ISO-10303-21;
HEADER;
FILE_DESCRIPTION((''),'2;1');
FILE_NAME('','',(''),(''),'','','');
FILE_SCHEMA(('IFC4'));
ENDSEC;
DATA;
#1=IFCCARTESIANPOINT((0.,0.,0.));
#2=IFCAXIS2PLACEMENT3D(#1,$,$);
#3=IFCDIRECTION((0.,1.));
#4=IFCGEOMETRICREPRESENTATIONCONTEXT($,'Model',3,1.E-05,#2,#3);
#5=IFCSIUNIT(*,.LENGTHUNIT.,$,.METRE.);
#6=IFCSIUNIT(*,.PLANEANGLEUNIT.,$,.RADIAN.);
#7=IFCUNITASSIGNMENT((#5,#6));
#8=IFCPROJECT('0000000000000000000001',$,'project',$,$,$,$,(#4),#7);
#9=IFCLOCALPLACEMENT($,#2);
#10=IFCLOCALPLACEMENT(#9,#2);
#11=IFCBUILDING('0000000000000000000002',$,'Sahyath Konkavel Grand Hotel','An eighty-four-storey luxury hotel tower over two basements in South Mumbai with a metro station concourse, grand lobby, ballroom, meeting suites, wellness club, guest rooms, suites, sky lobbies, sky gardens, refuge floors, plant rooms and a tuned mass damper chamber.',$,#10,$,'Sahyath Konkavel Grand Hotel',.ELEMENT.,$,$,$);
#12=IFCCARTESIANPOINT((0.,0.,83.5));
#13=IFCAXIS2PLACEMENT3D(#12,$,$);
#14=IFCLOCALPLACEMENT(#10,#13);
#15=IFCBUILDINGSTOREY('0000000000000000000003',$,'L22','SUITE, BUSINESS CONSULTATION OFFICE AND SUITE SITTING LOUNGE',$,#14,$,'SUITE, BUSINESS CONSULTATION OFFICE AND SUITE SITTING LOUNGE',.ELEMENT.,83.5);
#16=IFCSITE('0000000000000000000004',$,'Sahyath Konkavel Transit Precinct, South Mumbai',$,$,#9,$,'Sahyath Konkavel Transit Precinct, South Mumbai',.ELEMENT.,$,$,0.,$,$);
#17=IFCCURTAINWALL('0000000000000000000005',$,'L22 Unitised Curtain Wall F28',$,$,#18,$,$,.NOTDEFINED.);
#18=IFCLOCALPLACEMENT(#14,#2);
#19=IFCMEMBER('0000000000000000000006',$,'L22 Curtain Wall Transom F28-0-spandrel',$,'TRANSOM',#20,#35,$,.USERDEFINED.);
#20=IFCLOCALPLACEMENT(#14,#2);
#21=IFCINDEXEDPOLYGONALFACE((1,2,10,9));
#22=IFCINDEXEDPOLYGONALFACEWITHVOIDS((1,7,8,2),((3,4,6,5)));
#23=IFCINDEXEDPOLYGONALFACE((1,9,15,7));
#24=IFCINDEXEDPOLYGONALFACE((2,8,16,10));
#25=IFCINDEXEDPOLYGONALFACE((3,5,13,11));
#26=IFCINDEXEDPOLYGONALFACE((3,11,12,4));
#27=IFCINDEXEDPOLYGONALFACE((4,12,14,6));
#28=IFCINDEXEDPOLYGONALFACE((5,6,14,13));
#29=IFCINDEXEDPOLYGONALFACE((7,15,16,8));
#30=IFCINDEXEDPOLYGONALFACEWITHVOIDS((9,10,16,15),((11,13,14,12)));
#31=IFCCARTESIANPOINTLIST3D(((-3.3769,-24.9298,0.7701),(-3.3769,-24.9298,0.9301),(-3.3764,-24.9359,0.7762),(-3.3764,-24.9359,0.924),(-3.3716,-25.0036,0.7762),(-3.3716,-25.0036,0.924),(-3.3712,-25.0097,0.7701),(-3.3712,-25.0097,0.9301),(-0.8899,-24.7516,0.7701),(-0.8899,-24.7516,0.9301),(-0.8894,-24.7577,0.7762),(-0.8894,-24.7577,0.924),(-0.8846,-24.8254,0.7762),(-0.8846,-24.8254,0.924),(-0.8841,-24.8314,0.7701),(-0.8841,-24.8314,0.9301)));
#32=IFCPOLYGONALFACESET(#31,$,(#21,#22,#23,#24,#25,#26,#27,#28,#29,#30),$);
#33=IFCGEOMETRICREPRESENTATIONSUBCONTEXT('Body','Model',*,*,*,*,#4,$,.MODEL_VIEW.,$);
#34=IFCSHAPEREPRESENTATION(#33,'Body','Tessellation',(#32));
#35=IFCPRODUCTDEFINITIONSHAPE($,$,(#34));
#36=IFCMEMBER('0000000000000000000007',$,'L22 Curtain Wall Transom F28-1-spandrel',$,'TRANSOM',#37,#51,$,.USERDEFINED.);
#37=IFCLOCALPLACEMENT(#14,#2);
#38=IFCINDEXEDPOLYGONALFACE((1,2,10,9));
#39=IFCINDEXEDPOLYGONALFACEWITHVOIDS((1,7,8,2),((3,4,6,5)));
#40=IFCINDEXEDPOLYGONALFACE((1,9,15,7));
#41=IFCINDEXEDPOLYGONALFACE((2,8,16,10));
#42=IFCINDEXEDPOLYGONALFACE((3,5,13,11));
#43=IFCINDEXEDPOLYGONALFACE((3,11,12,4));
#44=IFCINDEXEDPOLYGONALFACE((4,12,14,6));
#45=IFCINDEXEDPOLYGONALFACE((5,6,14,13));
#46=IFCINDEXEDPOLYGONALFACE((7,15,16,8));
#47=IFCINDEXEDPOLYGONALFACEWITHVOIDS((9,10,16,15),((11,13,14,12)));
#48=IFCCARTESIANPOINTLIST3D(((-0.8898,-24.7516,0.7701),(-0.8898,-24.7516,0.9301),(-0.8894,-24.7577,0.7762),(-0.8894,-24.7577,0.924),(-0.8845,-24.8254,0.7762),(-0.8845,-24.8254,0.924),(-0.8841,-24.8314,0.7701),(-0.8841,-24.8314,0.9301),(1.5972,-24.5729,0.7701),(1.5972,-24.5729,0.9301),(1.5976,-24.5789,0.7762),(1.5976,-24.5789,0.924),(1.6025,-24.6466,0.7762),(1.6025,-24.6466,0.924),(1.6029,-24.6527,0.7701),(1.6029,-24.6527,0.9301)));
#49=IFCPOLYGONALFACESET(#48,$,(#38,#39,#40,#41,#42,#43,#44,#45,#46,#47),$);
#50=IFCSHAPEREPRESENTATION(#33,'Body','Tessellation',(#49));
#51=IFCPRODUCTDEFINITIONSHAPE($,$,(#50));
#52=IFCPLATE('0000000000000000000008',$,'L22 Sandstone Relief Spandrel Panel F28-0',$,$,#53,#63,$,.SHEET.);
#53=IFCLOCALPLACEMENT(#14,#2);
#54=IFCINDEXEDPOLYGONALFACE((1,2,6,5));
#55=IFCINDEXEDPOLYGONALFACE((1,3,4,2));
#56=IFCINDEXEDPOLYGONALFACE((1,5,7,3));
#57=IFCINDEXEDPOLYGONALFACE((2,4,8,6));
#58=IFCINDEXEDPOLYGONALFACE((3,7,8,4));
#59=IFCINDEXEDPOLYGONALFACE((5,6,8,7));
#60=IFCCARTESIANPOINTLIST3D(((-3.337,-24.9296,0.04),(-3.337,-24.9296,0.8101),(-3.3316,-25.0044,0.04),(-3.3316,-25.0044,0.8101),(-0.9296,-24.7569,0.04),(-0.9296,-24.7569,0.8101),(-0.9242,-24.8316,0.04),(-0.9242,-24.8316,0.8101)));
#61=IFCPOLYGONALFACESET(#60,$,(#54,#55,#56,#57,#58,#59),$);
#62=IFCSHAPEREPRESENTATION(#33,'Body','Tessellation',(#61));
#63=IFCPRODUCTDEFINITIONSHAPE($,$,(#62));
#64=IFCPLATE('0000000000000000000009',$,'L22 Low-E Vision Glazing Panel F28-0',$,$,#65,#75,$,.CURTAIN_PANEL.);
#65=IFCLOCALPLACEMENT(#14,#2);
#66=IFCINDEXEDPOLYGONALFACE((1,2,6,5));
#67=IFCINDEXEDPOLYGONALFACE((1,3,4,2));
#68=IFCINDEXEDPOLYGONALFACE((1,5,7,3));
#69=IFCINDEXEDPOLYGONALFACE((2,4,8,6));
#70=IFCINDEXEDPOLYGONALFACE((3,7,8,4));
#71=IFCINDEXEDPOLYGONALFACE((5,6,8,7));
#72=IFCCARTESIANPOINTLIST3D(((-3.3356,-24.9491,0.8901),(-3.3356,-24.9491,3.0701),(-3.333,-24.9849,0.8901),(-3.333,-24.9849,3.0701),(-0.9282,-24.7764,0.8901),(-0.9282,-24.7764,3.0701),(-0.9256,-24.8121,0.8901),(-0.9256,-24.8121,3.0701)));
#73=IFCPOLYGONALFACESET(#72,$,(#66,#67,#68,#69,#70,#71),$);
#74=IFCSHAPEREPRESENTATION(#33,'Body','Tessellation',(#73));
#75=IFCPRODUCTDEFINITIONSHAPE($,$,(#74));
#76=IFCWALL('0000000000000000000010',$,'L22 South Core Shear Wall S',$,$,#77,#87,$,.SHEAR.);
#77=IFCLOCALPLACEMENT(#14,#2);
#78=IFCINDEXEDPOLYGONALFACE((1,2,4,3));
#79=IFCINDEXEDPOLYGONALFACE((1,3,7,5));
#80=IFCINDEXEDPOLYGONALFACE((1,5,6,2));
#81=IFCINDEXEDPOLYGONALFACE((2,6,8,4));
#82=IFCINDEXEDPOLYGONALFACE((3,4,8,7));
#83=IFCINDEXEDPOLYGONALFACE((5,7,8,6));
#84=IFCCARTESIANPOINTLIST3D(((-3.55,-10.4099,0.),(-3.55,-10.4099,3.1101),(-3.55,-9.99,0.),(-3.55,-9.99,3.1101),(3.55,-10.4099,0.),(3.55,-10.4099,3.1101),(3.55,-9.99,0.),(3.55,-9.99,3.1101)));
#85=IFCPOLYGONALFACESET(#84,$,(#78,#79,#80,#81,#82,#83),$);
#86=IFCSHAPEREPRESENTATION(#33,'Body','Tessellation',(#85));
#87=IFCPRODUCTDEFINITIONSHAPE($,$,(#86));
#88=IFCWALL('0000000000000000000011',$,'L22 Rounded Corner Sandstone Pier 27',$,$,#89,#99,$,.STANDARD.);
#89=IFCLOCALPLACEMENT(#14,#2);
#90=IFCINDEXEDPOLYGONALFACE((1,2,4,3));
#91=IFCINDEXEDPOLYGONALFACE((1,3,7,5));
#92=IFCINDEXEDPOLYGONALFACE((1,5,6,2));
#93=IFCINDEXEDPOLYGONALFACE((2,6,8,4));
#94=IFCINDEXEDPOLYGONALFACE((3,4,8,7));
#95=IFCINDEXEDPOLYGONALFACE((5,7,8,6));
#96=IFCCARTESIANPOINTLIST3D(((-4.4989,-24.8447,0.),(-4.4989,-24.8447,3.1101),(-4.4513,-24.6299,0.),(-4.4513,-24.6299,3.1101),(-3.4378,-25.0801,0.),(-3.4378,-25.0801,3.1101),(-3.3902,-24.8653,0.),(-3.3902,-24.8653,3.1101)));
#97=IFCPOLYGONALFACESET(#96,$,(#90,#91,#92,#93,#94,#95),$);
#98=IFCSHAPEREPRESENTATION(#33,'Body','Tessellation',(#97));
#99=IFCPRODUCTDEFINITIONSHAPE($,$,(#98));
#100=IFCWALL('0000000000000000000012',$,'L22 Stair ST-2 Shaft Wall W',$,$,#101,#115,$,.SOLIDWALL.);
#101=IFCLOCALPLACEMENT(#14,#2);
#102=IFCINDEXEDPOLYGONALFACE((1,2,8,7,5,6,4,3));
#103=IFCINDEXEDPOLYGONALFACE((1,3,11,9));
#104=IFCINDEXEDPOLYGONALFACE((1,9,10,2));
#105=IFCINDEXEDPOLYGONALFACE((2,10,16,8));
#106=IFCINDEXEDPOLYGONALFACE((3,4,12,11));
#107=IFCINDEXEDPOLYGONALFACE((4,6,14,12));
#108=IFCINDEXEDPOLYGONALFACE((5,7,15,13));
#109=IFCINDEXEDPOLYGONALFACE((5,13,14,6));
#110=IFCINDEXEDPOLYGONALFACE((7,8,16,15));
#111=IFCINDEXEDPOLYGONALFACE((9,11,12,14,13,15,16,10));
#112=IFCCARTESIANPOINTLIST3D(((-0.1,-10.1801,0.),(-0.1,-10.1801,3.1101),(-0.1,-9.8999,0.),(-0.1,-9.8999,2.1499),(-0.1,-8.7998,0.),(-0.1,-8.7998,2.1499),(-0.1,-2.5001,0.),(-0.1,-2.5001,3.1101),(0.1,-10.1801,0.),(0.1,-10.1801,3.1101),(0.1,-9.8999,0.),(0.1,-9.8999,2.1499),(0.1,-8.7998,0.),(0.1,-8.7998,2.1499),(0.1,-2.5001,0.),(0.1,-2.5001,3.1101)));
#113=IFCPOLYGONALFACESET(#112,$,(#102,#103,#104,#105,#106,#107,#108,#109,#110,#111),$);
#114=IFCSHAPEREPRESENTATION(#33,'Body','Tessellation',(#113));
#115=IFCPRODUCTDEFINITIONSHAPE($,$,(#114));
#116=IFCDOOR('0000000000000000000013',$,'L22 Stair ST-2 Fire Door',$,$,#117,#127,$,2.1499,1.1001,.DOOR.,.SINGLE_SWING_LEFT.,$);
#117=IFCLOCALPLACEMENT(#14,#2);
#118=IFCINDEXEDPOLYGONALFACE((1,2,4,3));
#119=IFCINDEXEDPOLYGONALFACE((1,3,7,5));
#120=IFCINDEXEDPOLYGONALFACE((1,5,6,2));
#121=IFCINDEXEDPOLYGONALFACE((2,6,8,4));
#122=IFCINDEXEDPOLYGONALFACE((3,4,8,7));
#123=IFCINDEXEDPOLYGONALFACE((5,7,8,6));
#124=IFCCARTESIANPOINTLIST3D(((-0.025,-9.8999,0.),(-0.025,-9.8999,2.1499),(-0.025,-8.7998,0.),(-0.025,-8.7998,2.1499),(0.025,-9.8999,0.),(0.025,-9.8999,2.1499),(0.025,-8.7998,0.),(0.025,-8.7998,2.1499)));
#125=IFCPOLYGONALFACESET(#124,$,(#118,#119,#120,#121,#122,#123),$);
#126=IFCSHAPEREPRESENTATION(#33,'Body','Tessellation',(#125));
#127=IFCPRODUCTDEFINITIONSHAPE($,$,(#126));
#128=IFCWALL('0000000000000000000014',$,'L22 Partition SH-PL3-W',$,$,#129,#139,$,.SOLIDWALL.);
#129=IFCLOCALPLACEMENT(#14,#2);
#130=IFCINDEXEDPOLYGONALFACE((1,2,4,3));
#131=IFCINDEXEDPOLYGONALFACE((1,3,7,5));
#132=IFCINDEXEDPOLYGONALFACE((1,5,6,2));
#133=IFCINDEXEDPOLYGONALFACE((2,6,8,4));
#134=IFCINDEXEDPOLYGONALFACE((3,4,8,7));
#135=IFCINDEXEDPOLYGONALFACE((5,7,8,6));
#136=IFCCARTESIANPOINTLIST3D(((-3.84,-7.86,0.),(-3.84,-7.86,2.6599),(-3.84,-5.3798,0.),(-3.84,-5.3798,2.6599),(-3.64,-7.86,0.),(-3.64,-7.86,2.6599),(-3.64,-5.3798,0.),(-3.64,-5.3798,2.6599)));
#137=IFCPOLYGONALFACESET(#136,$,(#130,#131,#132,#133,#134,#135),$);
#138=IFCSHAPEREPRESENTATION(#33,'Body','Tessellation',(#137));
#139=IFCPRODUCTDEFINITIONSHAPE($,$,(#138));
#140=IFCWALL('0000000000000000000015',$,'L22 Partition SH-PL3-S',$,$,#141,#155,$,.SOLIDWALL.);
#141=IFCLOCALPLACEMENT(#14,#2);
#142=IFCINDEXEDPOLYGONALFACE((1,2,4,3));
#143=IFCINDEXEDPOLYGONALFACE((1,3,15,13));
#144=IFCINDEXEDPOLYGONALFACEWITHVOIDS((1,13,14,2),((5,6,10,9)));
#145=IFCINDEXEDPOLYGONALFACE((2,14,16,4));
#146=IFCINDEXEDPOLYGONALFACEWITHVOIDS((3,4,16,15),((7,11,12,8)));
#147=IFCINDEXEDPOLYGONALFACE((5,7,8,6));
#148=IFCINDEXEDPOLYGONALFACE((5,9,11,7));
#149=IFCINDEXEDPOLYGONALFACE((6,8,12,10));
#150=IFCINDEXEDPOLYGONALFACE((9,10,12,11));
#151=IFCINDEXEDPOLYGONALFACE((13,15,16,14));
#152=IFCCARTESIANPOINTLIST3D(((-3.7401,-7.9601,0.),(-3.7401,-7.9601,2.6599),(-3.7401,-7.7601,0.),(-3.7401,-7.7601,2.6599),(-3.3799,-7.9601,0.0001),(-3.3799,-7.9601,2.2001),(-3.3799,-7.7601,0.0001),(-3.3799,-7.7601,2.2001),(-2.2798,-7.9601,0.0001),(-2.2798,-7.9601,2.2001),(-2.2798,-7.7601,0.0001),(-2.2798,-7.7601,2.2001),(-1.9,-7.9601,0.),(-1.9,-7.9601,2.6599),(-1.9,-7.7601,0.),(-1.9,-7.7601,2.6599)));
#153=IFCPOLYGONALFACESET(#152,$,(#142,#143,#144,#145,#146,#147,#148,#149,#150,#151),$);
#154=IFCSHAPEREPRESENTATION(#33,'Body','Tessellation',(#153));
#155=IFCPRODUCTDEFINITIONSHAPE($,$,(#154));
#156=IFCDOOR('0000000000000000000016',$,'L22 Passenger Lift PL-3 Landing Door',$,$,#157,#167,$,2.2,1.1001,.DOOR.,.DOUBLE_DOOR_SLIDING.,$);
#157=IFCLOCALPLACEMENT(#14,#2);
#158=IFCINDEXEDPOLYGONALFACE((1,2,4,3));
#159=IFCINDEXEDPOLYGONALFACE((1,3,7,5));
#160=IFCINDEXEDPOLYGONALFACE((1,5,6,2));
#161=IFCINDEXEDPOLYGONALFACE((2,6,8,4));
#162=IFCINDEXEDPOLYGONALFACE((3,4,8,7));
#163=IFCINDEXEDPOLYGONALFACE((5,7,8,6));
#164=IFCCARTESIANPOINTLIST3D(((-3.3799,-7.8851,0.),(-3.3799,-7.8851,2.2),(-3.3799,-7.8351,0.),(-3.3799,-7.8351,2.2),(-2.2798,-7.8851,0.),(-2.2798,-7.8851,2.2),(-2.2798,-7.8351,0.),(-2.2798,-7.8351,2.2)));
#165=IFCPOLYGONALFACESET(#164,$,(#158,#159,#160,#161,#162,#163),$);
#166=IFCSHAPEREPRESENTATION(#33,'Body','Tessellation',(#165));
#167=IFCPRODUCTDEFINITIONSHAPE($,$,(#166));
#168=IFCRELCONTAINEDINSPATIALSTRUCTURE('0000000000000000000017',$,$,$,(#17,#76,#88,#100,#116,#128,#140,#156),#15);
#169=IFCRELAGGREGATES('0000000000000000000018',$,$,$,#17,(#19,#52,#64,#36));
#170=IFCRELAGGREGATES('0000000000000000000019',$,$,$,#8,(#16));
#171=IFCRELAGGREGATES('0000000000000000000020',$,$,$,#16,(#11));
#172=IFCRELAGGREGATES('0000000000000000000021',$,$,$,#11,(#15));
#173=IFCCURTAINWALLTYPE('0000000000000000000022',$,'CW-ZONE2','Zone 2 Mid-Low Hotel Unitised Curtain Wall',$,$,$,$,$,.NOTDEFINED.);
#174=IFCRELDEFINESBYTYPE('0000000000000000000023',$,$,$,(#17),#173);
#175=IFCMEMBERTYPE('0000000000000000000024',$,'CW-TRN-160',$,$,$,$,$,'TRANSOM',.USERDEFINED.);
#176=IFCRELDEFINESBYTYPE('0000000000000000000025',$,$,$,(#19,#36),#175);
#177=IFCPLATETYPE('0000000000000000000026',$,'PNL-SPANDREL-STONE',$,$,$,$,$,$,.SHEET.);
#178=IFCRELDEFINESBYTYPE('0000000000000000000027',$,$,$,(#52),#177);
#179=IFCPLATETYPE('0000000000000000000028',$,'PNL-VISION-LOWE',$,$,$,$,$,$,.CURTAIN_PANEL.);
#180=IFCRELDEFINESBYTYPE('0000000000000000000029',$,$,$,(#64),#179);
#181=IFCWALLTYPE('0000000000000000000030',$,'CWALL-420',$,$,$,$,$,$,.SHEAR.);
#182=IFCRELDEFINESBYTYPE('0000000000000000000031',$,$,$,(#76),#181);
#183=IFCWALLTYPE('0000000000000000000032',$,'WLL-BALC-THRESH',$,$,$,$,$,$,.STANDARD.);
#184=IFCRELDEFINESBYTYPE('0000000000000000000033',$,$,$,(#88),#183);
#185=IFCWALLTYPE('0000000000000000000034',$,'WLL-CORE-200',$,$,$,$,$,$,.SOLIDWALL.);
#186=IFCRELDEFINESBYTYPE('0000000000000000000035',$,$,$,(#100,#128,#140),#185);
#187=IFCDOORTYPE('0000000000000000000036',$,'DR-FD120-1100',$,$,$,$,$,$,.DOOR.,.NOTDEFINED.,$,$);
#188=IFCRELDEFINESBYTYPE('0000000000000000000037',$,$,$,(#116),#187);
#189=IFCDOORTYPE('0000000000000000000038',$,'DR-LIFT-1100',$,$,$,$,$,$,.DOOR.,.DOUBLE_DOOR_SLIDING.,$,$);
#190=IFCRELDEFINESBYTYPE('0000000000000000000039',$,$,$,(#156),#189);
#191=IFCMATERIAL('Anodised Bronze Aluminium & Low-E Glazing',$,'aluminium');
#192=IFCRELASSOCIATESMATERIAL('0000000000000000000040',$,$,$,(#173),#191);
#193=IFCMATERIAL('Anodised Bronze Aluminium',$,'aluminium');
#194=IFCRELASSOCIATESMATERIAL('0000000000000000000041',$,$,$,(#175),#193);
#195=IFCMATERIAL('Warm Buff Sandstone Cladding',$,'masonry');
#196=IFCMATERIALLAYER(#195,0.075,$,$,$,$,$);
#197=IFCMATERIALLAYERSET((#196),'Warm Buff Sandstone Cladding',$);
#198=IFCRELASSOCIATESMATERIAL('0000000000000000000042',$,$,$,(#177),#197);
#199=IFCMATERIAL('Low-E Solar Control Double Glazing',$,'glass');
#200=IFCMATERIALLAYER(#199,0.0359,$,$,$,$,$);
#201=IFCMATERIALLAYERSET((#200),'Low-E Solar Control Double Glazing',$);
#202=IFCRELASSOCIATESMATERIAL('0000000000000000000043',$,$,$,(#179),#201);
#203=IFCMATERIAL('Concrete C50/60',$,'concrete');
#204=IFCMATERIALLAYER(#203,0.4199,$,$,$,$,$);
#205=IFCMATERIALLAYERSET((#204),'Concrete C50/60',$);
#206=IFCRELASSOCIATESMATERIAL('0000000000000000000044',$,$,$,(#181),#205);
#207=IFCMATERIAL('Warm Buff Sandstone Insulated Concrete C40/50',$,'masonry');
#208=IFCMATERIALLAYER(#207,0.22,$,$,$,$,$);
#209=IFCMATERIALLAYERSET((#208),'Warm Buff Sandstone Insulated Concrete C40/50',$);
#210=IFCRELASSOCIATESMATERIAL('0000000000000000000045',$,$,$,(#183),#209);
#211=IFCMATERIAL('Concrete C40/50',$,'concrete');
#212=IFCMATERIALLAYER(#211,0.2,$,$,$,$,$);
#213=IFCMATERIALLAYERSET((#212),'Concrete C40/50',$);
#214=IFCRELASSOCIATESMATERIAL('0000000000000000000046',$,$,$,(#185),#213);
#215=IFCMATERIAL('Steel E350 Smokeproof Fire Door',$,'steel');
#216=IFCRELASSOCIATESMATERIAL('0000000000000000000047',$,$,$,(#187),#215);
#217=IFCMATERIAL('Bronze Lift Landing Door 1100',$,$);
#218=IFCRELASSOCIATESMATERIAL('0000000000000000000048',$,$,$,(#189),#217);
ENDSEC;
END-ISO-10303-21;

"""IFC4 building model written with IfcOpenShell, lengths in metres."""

from ifc_helpers import new_model, si_unit, direction, frame, frame_2d, origin, origin_2d, place, context, subcontext, project, spatial, rectangle, hollow_rectangle, extrude, source, transform, mapped, material, layer, layer_set, material_profile, profile_set, type_object, element, fill, aggregate, save


model = new_model("IFC4")

# Units and contexts
model_context = context("Model", 3, precision=1e-05, world=origin(), true_north=direction((0.0, 1.0)))
body_context = subcontext(model_context, "Body", "Model", "MODEL_VIEW")
ifc_project = project(units=[si_unit("LENGTHUNIT", "METRE"), si_unit("PLANEANGLEUNIT", "RADIAN")], contexts=[model_context])

# Site, building, storey
site_placement = place(None, origin())
site = spatial("IfcSite", under=ifc_project, at=site_placement, Name="Sahyath Konkavel Transit Precinct, South Mumbai", LongName="Sahyath Konkavel Transit Precinct, South Mumbai", CompositionType="ELEMENT", RefElevation=0.0)
building_placement = place(site_placement, origin())
building = spatial("IfcBuilding", under=site, at=building_placement, Name="Sahyath Konkavel Grand Hotel", Description="An eighty-four-storey luxury hotel tower over two basements in South Mumbai with a metro station concourse, grand lobby, ballroom, meeting suites, wellness club, guest rooms, suites, sky lobbies, sky gardens, refuge floors, plant rooms and a tuned mass damper chamber.", LongName="Sahyath Konkavel Grand Hotel", CompositionType="ELEMENT")
storey_placement = place(building_placement, frame((0.0, 0.0, 83.5)))
storey = spatial("IfcBuildingStorey", under=building, at=storey_placement, Name="L22", Description="SUITE, BUSINESS CONSULTATION OFFICE AND SUITE SITTING LOUNGE", LongName="SUITE, BUSINESS CONSULTATION OFFICE AND SUITE SITTING LOUNGE", CompositionType="ELEMENT", Elevation=83.5)

# Shared definitions
ifc_material_1 = material(Name="Concrete C50/60", Category="concrete")

# Curtain wall, members, plates
ifc_material_2 = material(Name="Anodised Bronze Aluminium & Low-E Glazing", Category="aluminium")
curtain_wall_type = type_object("IfcCurtainWallType", Name="CW-ZONE2", Description="Zone 2 Mid-Low Hotel Unitised Curtain Wall", PredefinedType="NOTDEFINED", material=ifc_material_2)
curtain_wall_placement = place(storey_placement, origin())
curtain_wall = element("IfcCurtainWall", 1, at=curtain_wall_placement, inside=storey, type_object=curtain_wall_type, Name="L22 Unitised Curtain Wall F28", PredefinedType="NOTDEFINED")
ifc_material_3 = material(Name="Anodised Bronze Aluminium", Category="aluminium")
ifc_material_profile_1 = material_profile(ifc_material_3, hollow_rectangle(XDim=0.0801, YDim=0.1599, WallThickness=0.0061, at=origin_2d()), Name="RHS 160x80x6")
ifc_profile_set_1 = profile_set([ifc_material_profile_1], Name="Anodised Bronze Aluminium")
member_type_1 = type_object("IfcMemberType", Name="CW-TRN-160", ElementType="TRANSOM", PredefinedType="USERDEFINED", material=ifc_profile_set_1)
shared_shape_1 = source(origin(), body_context, "Body", "SweptSolid", [
    extrude(hollow_rectangle(XDim=0.0801, YDim=0.1599, WallThickness=0.0061, at=origin_2d()), origin(), (0.0, 0.0, 1.0), 2.4934),
])
member_1_placement = place(storey_placement, frame((-3.374, -24.9697, 0.8501), z_axis=(0.997442, 0.071477, 0.0), x_axis=(-0.071477, 0.997442, 0.0)))
member_1 = element("IfcMember", 2, at=member_1_placement, type_object=member_type_1, Name="L22 Curtain Wall Transom F28-0-spandrel", ObjectType="TRANSOM", PredefinedType="USERDEFINED", context=body_context, shape_type="MappedRepresentation", body=[
    mapped(shared_shape_1, transform((0.0, 0.0, 0.0), scale=1.0)),
])
member_2_placement = place(storey_placement, frame((-0.887, -24.7915, 0.8501), z_axis=(0.997428, 0.071671, 0.0), x_axis=(-0.071671, 0.997428, 0.0)))
member_2 = element("IfcMember", 3, at=member_2_placement, type_object=member_type_1, Name="L22 Curtain Wall Transom F28-1-spandrel", ObjectType="TRANSOM", PredefinedType="USERDEFINED", context=body_context, shape_type="MappedRepresentation", body=[
    mapped(shared_shape_1, transform((0.0, 0.0, 0.0), scale=1.0)),
])
ifc_material_4 = material(Name="Warm Buff Sandstone Cladding", Category="masonry")
ifc_layer_1 = layer(ifc_material_4, 0.075)
ifc_layer_set_1 = layer_set([ifc_layer_1], Name="Warm Buff Sandstone Cladding")
plate_type_1 = type_object("IfcPlateType", Name="PNL-SPANDREL-STONE", PredefinedType="SHEET", material=ifc_layer_set_1)
shared_shape_2 = source(origin(), body_context, "Body", "SweptSolid", [
    extrude(rectangle(XDim=2.4136, YDim=0.075, at=origin_2d()), origin(), (0.0, 0.0, 1.0), 0.77),
])
plate_1_placement = place(storey_placement, frame((-2.1306, -24.8806, 0.04), z_axis=(0.0, 0.0, 1.0), x_axis=(0.997436, 0.071567, 0.0)))
plate_1 = element("IfcPlate", 4, at=plate_1_placement, type_object=plate_type_1, Name="L22 Sandstone Relief Spandrel Panel F28-0", PredefinedType="SHEET", context=body_context, shape_type="MappedRepresentation", body=[
    mapped(shared_shape_2, transform((0.0, 0.0, 0.0), scale=1.0)),
])
ifc_material_5 = material(Name="Low-E Solar Control Double Glazing", Category="glass")
ifc_layer_2 = layer(ifc_material_5, 0.0359)
ifc_layer_set_2 = layer_set([ifc_layer_2], Name="Low-E Solar Control Double Glazing")
plate_type_2 = type_object("IfcPlateType", Name="PNL-VISION-LOWE", PredefinedType="CURTAIN_PANEL", material=ifc_layer_set_2)
shared_shape_3 = source(origin(), body_context, "Body", "SweptSolid", [
    extrude(rectangle(XDim=2.4136, YDim=0.0359, at=origin_2d()), origin(), (0.0, 0.0, 1.0), 2.1799),
])
plate_2_placement = place(storey_placement, frame((-2.1306, -24.8806, 0.8901), z_axis=(0.0, 0.0, 1.0), x_axis=(0.997436, 0.071567, 0.0)))
plate_2 = element("IfcPlate", 5, at=plate_2_placement, type_object=plate_type_2, Name="L22 Low-E Vision Glazing Panel F28-0", PredefinedType="CURTAIN_PANEL", context=body_context, shape_type="MappedRepresentation", body=[
    mapped(shared_shape_3, transform((0.0, 0.0, 0.0), scale=1.0)),
])
aggregate(curtain_wall, [member_1, plate_1, plate_2, member_2])

# Walls
ifc_layer_3 = layer(ifc_material_1, 0.4199)
ifc_layer_set_3 = layer_set([ifc_layer_3], Name="Concrete C50/60")
wall_type_1 = type_object("IfcWallType", Name="CWALL-420", PredefinedType="SHEAR", material=ifc_layer_set_3)
wall_1_placement = place(storey_placement, frame((-3.55, -10.2, 0.0), z_axis=(0.0, 0.0, 1.0), x_axis=(1.0, 0.0, 0.0)))
element("IfcWall", 6, at=wall_1_placement, inside=storey, type_object=wall_type_1, Name="L22 South Core Shear Wall S", PredefinedType="SHEAR", context=body_context, shape_type="SweptSolid", body=[
    extrude(rectangle(XDim=7.1001, YDim=0.4199, at=frame_2d((3.55, 0.0))), origin(), (0.0, 0.0, 1.0), 3.1101),
])
ifc_material_6 = material(Name="Warm Buff Sandstone Insulated Concrete C40/50", Category="masonry")
ifc_layer_4 = layer(ifc_material_6, 0.22)
ifc_layer_set_4 = layer_set([ifc_layer_4], Name="Warm Buff Sandstone Insulated Concrete C40/50")
wall_type_2 = type_object("IfcWallType", Name="WLL-BALC-THRESH", PredefinedType="STANDARD", material=ifc_layer_set_4)
wall_2_placement = place(storey_placement, frame((-4.4751, -24.7373, 0.0), z_axis=(0.0, 0.0, 1.0), x_axis=(0.976272, -0.21655, 0.0)))
element("IfcWall", 7, at=wall_2_placement, inside=storey, type_object=wall_type_2, Name="L22 Rounded Corner Sandstone Pier 27", PredefinedType="STANDARD", context=body_context, shape_type="SweptSolid", body=[
    extrude(rectangle(XDim=1.0869, YDim=0.22, at=frame_2d((0.5435, 0.0))), origin(), (0.0, 0.0, 1.0), 3.1101),
])

# Wall, opening, door
ifc_material_7 = material(Name="Concrete C40/50", Category="concrete")
ifc_layer_5 = layer(ifc_material_7, 0.2)
ifc_layer_set_5 = layer_set([ifc_layer_5], Name="Concrete C40/50")
wall_type_3 = type_object("IfcWallType", Name="WLL-CORE-200", PredefinedType="SOLIDWALL", material=ifc_layer_set_5)
wall_3_placement = place(storey_placement, frame((0.0, -10.1799, 0.0), z_axis=(0.0, 0.0, 1.0), x_axis=(0.0, 1.0, 0.0)))
wall_3 = element("IfcWall", 8, at=wall_3_placement, inside=storey, type_object=wall_type_3, Name="L22 Stair ST-2 Shaft Wall W", PredefinedType="SOLIDWALL", context=body_context, shape_type="SweptSolid", body=[
    extrude(rectangle(XDim=7.6799, YDim=0.2, at=frame_2d((3.8398, 0.0))), origin(), (0.0, 0.0, 1.0), 3.1101),
])
opening_1_placement = place(wall_3_placement, frame((0.28, 0.0, 0.0)))
opening_1 = element("IfcOpeningElement", 9, at=opening_1_placement, cuts=wall_3, PredefinedType="OPENING", context=body_context, shape_type="SweptSolid", body=[
    extrude(rectangle(XDim=1.1001, YDim=2.1499, at=frame_2d((0.55, 1.075))), frame((0.0, 0.1099, 0.0), z_axis=(0.0, -1.0, 0.0), x_axis=(1.0, 0.0, 0.0)), (0.0, 0.0, 1.0), 0.22),
])
ifc_material_8 = material(Name="Steel E350 Smokeproof Fire Door", Category="steel")
door_type_1 = type_object("IfcDoorType", Name="DR-FD120-1100", OperationType="NOTDEFINED", PredefinedType="DOOR", material=ifc_material_8)
shared_shape_4 = source(origin(), body_context, "Body", "SweptSolid", [
    extrude(rectangle(XDim=1.1001, YDim=0.05, at=origin_2d()), origin(), (0.0, 0.0, 1.0), 2.1499),
])
door_1_placement = place(opening_1_placement, frame((0.55, 0.0, 0.0)))
door_1 = element("IfcDoor", 10, at=door_1_placement, inside=storey, type_object=door_type_1, Name="L22 Stair ST-2 Fire Door", OperationType="SINGLE_SWING_LEFT", OverallHeight=2.1499, OverallWidth=1.1001, PredefinedType="DOOR", context=body_context, shape_type="MappedRepresentation", body=[
    mapped(shared_shape_4, transform((0.0, 0.0, 0.0), scale=1.0)),
])
fill(opening_1, door_1)

# Wall
wall_4_placement = place(storey_placement, frame((-3.74, -7.8601, 0.0), z_axis=(0.0, 0.0, 1.0), x_axis=(0.0, 1.0, 0.0)))
element("IfcWall", 11, at=wall_4_placement, inside=storey, type_object=wall_type_3, Name="L22 Partition SH-PL3-W", PredefinedType="SOLIDWALL", context=body_context, shape_type="SweptSolid", body=[
    extrude(rectangle(XDim=2.4802, YDim=0.2, at=frame_2d((1.2402, 0.0))), origin(), (0.0, 0.0, 1.0), 2.6599),
])

# Wall, opening, door
wall_5_placement = place(storey_placement, frame((-3.74, -7.8601, 0.0), z_axis=(0.0, 0.0, 1.0), x_axis=(1.0, 0.0, 0.0)))
wall_5 = element("IfcWall", 12, at=wall_5_placement, inside=storey, type_object=wall_type_3, Name="L22 Partition SH-PL3-S", PredefinedType="SOLIDWALL", context=body_context, shape_type="SweptSolid", body=[
    extrude(rectangle(XDim=1.8401, YDim=0.2, at=frame_2d((0.9199, 0.0))), origin(), (0.0, 0.0, 1.0), 2.6599),
])
opening_2_placement = place(wall_5_placement, frame((0.3601, 0.0, 0.0)))
opening_2 = element("IfcOpeningElement", 13, at=opening_2_placement, cuts=wall_5, PredefinedType="OPENING", context=body_context, shape_type="SweptSolid", body=[
    extrude(rectangle(XDim=1.1001, YDim=2.2, at=frame_2d((0.55, 1.1001))), frame((0.0, 0.1099, 0.0), z_axis=(0.0, -1.0, 0.0), x_axis=(1.0, 0.0, 0.0)), (0.0, 0.0, 1.0), 0.22),
])
ifc_material_9 = material(Name="Bronze Lift Landing Door 1100")
door_type_2 = type_object("IfcDoorType", Name="DR-LIFT-1100", OperationType="DOUBLE_DOOR_SLIDING", PredefinedType="DOOR", material=ifc_material_9)
shared_shape_5 = source(origin(), body_context, "Body", "SweptSolid", [
    extrude(rectangle(XDim=1.1001, YDim=0.05, at=origin_2d()), origin(), (0.0, 0.0, 1.0), 2.2),
])
door_2_placement = place(opening_2_placement, frame((0.55, 0.0, 0.0)))
door_2 = element("IfcDoor", 14, at=door_2_placement, inside=storey, type_object=door_type_2, Name="L22 Passenger Lift PL-3 Landing Door", OperationType="DOUBLE_DOOR_SLIDING", OverallHeight=2.2, OverallWidth=1.1001, PredefinedType="DOOR", context=body_context, shape_type="MappedRepresentation", body=[
    mapped(shared_shape_5, transform((0.0, 0.0, 0.0), scale=1.0)),
])
fill(opening_2, door_2)

save(model, "model.ifc")
